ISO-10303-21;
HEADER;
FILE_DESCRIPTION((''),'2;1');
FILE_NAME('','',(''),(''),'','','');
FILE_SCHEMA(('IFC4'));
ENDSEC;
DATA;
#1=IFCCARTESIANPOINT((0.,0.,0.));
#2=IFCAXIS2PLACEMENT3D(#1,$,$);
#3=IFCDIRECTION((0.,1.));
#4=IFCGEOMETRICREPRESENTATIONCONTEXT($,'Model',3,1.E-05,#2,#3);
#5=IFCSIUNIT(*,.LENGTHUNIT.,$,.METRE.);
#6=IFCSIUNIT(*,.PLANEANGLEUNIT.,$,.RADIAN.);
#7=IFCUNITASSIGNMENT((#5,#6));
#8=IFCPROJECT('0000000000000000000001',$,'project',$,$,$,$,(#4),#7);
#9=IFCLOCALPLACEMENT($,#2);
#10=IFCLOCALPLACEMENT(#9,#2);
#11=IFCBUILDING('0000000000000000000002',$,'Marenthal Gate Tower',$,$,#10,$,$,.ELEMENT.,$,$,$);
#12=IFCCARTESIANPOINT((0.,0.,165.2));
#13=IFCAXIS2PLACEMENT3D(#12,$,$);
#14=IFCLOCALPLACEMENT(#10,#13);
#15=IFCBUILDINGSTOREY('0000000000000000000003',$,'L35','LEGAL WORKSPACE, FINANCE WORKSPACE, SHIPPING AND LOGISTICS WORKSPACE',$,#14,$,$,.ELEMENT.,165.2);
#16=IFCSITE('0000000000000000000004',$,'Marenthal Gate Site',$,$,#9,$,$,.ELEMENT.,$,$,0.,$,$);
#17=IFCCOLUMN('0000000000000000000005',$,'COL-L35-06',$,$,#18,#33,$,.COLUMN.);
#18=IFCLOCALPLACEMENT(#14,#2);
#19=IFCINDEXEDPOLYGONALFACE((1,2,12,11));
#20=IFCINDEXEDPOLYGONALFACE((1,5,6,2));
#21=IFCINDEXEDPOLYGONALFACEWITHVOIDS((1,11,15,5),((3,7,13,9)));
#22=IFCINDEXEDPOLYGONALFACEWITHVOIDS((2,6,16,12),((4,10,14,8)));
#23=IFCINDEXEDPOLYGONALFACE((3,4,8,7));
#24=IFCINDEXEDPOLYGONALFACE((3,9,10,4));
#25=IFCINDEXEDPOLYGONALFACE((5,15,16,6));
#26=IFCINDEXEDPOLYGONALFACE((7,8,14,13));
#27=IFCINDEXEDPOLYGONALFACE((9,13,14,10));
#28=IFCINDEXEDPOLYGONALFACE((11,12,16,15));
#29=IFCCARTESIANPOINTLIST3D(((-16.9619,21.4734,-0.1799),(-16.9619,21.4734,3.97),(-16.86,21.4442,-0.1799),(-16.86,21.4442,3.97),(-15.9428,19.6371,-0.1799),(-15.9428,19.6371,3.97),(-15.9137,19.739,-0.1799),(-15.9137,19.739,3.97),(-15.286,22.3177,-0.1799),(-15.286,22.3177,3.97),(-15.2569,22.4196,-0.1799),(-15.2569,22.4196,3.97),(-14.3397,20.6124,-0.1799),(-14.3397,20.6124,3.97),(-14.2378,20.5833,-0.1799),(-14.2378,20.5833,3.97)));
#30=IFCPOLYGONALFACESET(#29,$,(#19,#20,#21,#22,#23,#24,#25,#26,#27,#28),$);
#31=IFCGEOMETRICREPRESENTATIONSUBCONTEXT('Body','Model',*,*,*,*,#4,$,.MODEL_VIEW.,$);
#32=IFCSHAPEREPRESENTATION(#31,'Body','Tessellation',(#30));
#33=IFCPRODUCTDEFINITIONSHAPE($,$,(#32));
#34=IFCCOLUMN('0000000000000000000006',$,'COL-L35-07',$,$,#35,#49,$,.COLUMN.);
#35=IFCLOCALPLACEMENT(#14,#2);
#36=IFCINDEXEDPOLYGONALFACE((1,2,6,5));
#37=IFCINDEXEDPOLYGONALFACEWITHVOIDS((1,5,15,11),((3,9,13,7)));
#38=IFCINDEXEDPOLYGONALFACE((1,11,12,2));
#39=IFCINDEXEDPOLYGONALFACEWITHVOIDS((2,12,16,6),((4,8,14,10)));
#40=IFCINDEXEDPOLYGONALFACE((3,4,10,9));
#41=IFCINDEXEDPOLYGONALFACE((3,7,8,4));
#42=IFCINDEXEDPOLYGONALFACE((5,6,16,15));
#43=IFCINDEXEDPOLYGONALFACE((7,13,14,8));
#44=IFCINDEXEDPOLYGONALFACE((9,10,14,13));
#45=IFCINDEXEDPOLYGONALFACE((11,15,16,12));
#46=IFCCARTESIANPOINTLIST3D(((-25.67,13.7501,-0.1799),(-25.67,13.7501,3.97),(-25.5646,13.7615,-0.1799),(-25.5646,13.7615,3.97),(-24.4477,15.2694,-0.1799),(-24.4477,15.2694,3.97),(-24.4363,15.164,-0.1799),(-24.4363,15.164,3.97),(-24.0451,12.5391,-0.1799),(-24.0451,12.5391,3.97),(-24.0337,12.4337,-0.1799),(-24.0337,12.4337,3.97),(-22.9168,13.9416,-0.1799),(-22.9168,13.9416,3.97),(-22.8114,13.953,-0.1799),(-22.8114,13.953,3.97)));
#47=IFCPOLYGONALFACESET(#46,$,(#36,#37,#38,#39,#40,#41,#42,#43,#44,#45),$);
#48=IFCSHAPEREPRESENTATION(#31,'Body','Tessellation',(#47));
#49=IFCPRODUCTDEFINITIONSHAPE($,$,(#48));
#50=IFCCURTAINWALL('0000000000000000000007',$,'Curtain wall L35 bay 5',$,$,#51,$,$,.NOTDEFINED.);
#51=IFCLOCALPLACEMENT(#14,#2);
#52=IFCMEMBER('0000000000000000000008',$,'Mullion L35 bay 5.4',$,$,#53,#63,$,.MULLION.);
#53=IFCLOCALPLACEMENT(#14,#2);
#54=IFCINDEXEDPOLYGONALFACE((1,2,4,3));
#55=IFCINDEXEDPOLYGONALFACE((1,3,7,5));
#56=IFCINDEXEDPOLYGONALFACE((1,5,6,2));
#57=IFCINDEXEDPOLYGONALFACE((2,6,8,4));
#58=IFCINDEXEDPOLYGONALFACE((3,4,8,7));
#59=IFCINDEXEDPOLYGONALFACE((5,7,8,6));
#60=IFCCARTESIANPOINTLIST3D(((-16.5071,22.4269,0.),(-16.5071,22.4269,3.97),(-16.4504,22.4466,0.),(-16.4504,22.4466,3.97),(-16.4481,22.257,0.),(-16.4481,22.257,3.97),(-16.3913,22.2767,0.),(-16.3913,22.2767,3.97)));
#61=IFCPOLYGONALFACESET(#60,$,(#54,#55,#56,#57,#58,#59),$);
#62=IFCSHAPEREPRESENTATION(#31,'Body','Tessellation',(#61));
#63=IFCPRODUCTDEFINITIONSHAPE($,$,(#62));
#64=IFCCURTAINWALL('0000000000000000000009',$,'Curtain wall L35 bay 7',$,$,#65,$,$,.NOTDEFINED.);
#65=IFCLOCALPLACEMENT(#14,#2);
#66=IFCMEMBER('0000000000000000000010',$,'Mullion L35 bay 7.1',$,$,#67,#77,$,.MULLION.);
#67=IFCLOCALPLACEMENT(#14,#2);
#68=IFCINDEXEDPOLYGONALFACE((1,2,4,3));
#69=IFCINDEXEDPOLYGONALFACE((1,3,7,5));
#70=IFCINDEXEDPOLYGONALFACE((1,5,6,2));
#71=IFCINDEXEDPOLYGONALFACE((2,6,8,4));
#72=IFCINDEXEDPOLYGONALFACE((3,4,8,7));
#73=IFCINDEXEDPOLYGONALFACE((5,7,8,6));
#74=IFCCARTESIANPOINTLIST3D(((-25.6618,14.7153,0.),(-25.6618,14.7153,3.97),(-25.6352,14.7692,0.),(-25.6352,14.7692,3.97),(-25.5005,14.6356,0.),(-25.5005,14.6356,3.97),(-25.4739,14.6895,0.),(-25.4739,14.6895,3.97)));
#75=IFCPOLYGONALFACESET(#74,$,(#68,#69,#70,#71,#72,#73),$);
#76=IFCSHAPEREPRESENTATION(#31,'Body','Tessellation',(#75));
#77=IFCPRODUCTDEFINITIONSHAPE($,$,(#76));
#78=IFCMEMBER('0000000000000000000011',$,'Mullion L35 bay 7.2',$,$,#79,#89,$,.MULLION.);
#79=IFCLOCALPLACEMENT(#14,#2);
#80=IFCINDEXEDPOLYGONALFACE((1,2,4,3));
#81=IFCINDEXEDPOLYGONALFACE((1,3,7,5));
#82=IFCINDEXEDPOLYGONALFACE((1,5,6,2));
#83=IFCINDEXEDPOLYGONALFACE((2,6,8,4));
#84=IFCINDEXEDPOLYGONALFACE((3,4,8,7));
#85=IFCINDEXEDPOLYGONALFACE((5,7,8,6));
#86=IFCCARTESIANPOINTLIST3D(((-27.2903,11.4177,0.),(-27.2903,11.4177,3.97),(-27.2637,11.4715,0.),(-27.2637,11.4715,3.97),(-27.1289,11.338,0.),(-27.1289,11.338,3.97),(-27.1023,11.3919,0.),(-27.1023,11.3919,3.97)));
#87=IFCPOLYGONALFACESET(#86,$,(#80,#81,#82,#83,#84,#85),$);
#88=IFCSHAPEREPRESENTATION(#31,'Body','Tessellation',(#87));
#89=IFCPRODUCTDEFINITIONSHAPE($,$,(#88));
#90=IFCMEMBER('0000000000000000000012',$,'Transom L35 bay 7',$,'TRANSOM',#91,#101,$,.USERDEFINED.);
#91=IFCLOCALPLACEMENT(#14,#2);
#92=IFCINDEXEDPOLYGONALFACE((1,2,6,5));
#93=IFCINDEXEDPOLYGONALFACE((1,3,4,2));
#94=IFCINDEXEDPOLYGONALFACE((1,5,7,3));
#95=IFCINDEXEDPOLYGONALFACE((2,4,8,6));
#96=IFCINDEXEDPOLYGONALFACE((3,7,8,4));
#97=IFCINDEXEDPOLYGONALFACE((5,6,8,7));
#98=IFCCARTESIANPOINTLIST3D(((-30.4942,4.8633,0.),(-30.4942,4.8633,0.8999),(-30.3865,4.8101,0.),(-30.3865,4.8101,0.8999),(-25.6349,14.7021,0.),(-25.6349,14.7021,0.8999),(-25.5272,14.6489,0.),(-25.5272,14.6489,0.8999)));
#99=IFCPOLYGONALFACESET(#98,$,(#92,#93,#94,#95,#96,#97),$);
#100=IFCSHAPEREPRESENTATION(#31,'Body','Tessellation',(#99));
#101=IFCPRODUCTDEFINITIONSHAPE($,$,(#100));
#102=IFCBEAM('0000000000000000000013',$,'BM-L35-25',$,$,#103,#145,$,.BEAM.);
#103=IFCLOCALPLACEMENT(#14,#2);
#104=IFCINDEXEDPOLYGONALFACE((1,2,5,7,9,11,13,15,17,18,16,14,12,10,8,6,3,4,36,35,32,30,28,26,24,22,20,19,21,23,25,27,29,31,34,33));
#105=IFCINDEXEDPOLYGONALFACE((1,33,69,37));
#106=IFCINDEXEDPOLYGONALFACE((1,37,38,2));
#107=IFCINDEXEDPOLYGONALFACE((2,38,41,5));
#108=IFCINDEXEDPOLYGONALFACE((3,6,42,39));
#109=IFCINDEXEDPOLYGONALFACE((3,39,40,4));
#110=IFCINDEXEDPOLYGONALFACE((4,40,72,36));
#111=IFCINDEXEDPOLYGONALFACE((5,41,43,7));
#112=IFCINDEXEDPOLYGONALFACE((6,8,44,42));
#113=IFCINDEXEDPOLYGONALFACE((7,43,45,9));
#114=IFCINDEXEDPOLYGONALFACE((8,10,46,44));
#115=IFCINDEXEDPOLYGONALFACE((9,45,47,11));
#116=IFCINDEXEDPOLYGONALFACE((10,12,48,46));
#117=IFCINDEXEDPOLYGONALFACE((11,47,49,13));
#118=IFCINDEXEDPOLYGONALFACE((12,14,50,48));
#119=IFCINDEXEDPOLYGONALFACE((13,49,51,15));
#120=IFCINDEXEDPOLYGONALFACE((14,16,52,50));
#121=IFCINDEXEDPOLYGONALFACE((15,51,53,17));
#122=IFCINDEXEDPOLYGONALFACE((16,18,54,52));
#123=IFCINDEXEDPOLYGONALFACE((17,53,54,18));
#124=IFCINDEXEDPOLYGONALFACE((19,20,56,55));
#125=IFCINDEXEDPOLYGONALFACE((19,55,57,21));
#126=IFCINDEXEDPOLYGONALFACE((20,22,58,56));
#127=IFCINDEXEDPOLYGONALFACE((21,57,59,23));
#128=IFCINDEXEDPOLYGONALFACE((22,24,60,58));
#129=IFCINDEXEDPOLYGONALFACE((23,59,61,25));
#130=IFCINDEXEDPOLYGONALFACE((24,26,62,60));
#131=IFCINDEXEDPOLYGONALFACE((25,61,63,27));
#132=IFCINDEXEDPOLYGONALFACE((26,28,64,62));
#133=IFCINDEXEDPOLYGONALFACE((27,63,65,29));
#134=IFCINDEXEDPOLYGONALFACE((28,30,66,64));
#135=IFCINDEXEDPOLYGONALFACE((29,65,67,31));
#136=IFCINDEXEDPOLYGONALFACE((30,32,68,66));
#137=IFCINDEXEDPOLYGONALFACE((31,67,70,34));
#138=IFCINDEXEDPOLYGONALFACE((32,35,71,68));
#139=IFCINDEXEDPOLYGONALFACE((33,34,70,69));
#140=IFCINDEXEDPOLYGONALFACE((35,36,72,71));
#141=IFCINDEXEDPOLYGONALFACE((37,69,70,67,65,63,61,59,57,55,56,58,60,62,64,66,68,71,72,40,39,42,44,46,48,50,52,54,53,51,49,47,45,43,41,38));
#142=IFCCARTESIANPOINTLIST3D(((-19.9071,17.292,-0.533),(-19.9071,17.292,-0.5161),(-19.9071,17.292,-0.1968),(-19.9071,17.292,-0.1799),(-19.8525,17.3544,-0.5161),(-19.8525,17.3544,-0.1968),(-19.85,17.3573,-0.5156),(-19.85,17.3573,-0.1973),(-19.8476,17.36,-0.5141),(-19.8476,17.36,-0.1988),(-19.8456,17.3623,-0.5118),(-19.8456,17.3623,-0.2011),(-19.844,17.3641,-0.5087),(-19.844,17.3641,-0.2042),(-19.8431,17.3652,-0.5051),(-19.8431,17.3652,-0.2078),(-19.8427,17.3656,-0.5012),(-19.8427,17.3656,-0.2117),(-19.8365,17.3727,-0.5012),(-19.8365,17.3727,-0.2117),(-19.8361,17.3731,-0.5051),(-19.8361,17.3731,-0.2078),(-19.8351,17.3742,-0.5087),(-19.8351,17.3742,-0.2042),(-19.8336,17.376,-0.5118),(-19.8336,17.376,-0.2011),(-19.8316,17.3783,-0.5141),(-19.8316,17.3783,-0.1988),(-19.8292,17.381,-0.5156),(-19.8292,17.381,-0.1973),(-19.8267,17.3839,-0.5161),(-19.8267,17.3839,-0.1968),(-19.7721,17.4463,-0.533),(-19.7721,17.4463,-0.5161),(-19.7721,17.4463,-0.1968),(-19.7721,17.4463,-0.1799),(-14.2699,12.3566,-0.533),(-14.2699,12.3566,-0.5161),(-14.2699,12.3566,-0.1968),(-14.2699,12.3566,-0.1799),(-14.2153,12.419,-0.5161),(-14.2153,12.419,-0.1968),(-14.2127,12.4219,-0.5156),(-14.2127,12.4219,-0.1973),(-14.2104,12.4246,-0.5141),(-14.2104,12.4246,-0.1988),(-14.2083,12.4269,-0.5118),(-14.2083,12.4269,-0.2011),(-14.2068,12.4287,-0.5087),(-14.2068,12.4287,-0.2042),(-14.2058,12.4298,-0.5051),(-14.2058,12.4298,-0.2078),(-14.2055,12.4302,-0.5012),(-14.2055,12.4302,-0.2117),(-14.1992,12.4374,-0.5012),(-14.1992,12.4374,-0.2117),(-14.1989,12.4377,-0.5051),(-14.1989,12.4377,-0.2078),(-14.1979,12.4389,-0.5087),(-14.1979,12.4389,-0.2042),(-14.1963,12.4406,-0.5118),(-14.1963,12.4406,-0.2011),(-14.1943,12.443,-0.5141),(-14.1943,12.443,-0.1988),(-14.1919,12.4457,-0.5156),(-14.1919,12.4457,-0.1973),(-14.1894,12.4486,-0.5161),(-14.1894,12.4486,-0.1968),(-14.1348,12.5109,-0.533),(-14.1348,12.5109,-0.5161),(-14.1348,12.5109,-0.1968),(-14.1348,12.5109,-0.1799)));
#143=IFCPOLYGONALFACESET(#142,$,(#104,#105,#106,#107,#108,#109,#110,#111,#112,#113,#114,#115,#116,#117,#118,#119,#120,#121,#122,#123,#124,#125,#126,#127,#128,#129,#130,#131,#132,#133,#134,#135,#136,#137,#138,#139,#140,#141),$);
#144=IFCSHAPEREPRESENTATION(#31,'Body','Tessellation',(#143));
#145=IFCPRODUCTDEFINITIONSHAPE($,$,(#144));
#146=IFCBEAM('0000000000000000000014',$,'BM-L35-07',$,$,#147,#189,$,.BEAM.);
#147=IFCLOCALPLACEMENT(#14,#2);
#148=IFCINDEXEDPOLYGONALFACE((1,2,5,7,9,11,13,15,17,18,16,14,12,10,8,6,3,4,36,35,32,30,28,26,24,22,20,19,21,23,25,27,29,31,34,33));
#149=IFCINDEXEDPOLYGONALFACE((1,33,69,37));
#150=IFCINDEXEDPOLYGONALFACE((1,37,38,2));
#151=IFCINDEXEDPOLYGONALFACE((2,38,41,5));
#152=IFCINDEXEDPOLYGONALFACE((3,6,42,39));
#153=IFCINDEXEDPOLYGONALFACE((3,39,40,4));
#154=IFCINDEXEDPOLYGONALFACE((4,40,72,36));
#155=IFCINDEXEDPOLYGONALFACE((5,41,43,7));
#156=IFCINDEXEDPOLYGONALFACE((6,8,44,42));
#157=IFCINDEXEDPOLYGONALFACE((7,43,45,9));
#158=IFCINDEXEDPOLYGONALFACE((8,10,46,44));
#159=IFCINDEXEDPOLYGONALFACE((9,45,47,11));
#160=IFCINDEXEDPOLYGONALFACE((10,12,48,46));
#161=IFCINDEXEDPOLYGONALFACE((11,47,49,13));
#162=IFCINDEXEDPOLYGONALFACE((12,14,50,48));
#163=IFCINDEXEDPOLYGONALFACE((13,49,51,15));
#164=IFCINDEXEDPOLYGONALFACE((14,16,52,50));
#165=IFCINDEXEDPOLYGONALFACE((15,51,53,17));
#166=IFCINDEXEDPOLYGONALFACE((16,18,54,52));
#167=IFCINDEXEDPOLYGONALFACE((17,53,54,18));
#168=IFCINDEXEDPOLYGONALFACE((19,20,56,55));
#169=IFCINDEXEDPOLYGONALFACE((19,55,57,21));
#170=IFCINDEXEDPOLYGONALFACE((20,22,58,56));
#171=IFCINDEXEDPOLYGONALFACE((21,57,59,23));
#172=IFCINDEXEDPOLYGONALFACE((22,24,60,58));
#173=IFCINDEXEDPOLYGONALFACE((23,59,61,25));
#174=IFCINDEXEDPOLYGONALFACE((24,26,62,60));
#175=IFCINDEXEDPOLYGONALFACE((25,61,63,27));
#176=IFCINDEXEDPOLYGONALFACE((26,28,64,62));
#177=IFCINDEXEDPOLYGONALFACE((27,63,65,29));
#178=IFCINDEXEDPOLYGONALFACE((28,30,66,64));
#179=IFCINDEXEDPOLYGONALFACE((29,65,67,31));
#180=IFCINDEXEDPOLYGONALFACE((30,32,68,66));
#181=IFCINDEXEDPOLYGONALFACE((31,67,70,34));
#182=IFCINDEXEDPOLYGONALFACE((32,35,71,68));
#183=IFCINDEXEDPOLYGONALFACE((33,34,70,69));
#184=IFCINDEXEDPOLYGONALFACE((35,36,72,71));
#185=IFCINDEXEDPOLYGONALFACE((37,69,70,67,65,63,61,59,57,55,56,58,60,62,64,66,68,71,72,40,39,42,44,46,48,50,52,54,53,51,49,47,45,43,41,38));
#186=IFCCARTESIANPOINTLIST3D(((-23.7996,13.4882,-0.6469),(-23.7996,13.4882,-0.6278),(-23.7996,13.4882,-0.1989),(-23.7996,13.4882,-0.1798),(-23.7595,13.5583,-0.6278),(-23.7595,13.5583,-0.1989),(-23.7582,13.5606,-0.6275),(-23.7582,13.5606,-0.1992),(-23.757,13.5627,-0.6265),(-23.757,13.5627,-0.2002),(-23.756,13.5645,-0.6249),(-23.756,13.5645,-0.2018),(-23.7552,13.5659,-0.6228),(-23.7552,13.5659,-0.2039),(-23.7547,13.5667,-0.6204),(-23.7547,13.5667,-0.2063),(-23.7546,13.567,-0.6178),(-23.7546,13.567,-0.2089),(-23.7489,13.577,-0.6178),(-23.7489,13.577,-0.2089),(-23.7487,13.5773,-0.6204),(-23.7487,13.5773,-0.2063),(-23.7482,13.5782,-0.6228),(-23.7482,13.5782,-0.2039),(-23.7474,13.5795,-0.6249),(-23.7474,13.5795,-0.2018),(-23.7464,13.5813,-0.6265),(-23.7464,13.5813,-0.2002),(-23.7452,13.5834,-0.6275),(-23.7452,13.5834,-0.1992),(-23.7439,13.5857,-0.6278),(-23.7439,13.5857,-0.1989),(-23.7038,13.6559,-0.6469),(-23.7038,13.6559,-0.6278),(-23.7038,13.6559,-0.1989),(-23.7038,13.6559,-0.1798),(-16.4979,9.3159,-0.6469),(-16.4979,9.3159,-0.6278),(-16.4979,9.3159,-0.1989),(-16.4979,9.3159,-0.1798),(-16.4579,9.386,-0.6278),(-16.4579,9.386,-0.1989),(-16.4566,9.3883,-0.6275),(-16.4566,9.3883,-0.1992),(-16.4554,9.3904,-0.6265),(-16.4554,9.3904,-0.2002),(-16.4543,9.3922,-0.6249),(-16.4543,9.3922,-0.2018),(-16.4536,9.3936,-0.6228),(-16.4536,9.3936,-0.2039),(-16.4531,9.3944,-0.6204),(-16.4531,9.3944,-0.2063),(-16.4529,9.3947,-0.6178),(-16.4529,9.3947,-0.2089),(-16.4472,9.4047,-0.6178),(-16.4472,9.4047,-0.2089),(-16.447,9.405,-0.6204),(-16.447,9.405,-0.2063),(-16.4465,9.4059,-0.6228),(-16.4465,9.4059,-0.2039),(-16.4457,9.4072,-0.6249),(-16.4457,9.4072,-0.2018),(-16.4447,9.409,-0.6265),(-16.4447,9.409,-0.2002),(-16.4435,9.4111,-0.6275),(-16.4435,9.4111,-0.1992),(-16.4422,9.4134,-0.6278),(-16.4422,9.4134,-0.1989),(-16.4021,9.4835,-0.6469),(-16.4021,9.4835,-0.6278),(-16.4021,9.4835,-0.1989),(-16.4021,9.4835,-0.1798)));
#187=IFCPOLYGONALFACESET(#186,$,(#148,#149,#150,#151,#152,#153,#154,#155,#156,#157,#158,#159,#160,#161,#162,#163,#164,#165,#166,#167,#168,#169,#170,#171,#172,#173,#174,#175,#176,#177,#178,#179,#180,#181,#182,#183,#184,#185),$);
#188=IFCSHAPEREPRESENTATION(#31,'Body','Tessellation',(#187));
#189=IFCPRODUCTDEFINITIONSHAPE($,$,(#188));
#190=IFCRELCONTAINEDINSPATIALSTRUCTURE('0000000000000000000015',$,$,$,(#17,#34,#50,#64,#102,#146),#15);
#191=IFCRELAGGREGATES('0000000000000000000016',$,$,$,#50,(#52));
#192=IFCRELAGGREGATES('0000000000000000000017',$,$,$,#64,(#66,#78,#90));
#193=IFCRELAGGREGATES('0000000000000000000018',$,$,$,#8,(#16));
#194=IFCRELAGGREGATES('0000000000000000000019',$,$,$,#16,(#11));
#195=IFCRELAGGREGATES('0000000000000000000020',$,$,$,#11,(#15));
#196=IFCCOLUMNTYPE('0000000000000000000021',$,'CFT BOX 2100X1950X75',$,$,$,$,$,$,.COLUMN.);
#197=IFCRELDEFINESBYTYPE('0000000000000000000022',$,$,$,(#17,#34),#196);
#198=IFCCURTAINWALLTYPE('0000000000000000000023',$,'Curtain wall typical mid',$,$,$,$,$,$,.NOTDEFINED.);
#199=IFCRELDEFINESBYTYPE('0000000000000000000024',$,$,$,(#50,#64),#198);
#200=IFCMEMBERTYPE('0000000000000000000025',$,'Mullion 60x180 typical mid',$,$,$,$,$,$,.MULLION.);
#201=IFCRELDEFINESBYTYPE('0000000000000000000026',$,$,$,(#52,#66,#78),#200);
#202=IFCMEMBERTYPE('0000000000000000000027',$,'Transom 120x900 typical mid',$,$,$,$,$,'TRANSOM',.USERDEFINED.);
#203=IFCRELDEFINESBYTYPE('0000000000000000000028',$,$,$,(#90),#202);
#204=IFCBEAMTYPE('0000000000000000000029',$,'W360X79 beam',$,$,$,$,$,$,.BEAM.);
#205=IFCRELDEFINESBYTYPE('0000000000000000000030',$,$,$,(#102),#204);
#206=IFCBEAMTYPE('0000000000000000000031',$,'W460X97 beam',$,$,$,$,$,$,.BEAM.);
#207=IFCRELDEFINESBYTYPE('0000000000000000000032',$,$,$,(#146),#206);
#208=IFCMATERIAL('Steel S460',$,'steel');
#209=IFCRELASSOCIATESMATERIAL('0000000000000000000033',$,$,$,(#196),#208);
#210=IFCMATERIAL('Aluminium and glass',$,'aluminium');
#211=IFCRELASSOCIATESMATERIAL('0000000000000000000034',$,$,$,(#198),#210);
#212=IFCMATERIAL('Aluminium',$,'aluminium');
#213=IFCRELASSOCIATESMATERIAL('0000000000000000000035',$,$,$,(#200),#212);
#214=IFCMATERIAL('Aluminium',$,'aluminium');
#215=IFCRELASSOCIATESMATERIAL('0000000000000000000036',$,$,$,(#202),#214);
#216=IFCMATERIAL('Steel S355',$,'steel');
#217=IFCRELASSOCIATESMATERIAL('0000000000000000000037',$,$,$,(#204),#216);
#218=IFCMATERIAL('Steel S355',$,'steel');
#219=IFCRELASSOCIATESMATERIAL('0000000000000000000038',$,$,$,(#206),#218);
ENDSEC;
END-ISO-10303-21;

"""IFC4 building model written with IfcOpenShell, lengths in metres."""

from ifc_helpers import new_model, si_unit, direction, frame, origin, origin_2d, place, context, subcontext, project, spatial, rectangle, hollow_rectangle, i_section, extrude, material, material_profile, profile_set, type_object, element, aggregate, save


model = new_model("IFC4")

# Units and contexts
model_context = context("Model", 3, precision=1e-05, world=origin(), true_north=direction((0.0, 1.0)))
body_context = subcontext(model_context, "Body", "Model", "MODEL_VIEW")
ifc_project = project(units=[si_unit("LENGTHUNIT", "METRE"), si_unit("PLANEANGLEUNIT", "RADIAN")], contexts=[model_context])

# Site, building, storey
site_placement = place(None, origin())
site = spatial("IfcSite", under=ifc_project, at=site_placement, Name="Marenthal Gate Site", CompositionType="ELEMENT", RefElevation=0.0)
building_placement = place(site_placement, origin())
building = spatial("IfcBuilding", under=site, at=building_placement, Name="Marenthal Gate Tower", CompositionType="ELEMENT")
storey_placement = place(building_placement, frame((0.0, 0.0, 165.2)))
storey = spatial("IfcBuildingStorey", under=building, at=storey_placement, Name="L35", Description="LEGAL WORKSPACE, FINANCE WORKSPACE, SHIPPING AND LOGISTICS WORKSPACE", CompositionType="ELEMENT", Elevation=165.2)

# Columns
ifc_material_1 = material(Name="Steel S460", Category="steel")
ifc_material_profile_1 = material_profile(ifc_material_1, hollow_rectangle(XDim=1.95, YDim=2.1001, WallThickness=0.075, at=origin_2d()), Name="CFT BOX 2100X1950X75")
ifc_material_2 = material(Name="Concrete 70 MPa", Category="concrete")
ifc_material_profile_2 = material_profile(ifc_material_2, rectangle(XDim=1.8, YDim=1.95, at=origin_2d()), Name="CFT BOX 2100X1950X75 INFILL")
ifc_profile_set_1 = profile_set([ifc_material_profile_1, ifc_material_profile_2], Name="Steel S460 shell, Concrete 70 MPa infill")
column_type = type_object("IfcColumnType", Name="CFT BOX 2100X1950X75", PredefinedType="COLUMN", material=ifc_profile_set_1)
for number, where, z_axis, x_axis, name in (
    (1, (-15.5999, 21.0283, -0.1799), (0.0, 0.0, 1.0), (0.87438, 0.485242, 0.0), "COL-L35-06"),
    (2, (-24.2407, 13.8516, -0.1799), (0.0, 0.0, 1.0), (0.626831, 0.779155, 0.0), "COL-L35-07"),
):
    element("IfcColumn", number, at=place(storey_placement, frame(where, z_axis=z_axis, x_axis=x_axis)), inside=storey, type_object=column_type, Name=name, PredefinedType="COLUMN", context=body_context, shape_type="SweptSolid", body=[
        extrude(hollow_rectangle(XDim=1.95, YDim=2.1001, WallThickness=0.075, at=origin_2d()), origin(), (0.0, 0.0, 1.0), 4.1499),
    ])

# Curtain wall, member
ifc_material_3 = material(Name="Aluminium and glass", Category="aluminium")
curtain_wall_type = type_object("IfcCurtainWallType", Name="Curtain wall typical mid", PredefinedType="NOTDEFINED", material=ifc_material_3)
curtain_wall_1_placement = place(storey_placement, origin())
curtain_wall_1 = element("IfcCurtainWall", 3, at=curtain_wall_1_placement, inside=storey, type_object=curtain_wall_type, Name="Curtain wall L35 bay 5", PredefinedType="NOTDEFINED")
ifc_material_4 = material(Name="Aluminium", Category="aluminium")
ifc_material_profile_3 = material_profile(ifc_material_4, rectangle(XDim=0.1799, YDim=0.0601, at=origin_2d()), Name="60x180 aluminium mullion")
ifc_profile_set_2 = profile_set([ifc_material_profile_3], Name="Aluminium")
member_type_1 = type_object("IfcMemberType", Name="Mullion 60x180 typical mid", PredefinedType="MULLION", material=ifc_profile_set_2)
member_1_placement = place(storey_placement, frame((-16.4492, 22.3518, 0.0), z_axis=(0.0, 0.0, 1.0), x_axis=(0.328158, -0.944623, 0.0)))
member_1 = element("IfcMember", 4, at=member_1_placement, type_object=member_type_1, Name="Mullion L35 bay 5.4", PredefinedType="MULLION", context=body_context, shape_type="SweptSolid", body=[
    extrude(rectangle(XDim=0.1799, YDim=0.0601, at=origin_2d()), origin(), (0.0, 0.0, 1.0), 3.97),
])
aggregate(curtain_wall_1, [member_1])

# Curtain wall, members
curtain_wall_2_placement = place(storey_placement, origin())
curtain_wall_2 = element("IfcCurtainWall", 5, at=curtain_wall_2_placement, inside=storey, type_object=curtain_wall_type, Name="Curtain wall L35 bay 7", PredefinedType="NOTDEFINED")
member_2_placement = place(storey_placement, frame((-25.5679, 14.7024, 0.0), z_axis=(0.0, 0.0, 1.0), x_axis=(0.896609, -0.442824, 0.0)))
member_2 = element("IfcMember", 6, at=member_2_placement, type_object=member_type_1, Name="Mullion L35 bay 7.1", PredefinedType="MULLION", context=body_context, shape_type="SweptSolid", body=[
    extrude(rectangle(XDim=0.1799, YDim=0.0601, at=origin_2d()), origin(), (0.0, 0.0, 1.0), 3.97),
])
member_3_placement = place(storey_placement, frame((-27.1963, 11.4048, 0.0), z_axis=(0.0, 0.0, 1.0), x_axis=(0.896609, -0.442824, 0.0)))
member_3 = element("IfcMember", 7, at=member_3_placement, type_object=member_type_1, Name="Mullion L35 bay 7.2", PredefinedType="MULLION", context=body_context, shape_type="SweptSolid", body=[
    extrude(rectangle(XDim=0.1799, YDim=0.0601, at=origin_2d()), origin(), (0.0, 0.0, 1.0), 3.97),
])
ifc_material_5 = material(Name="Aluminium", Category="aluminium")
ifc_material_profile_4 = material_profile(ifc_material_5, rectangle(XDim=0.1201, YDim=0.8999, at=origin_2d()), Name="120x900 aluminium transom")
ifc_profile_set_3 = profile_set([ifc_material_profile_4], Name="Aluminium")
member_type_2 = type_object("IfcMemberType", Name="Transom 120x900 typical mid", ElementType="TRANSOM", PredefinedType="USERDEFINED", material=ifc_profile_set_3)
member_4_placement = place(storey_placement, frame((-25.5811, 14.6755, 0.45), z_axis=(-0.44283, -0.896606, 0.0), x_axis=(0.896606, -0.44283, 0.0)))
member_4 = element("IfcMember", 8, at=member_4_placement, type_object=member_type_2, Name="Transom L35 bay 7", ObjectType="TRANSOM", PredefinedType="USERDEFINED", context=body_context, shape_type="SweptSolid", body=[
    extrude(rectangle(XDim=0.1201, YDim=0.8999, at=origin_2d()), origin(), (0.0, 0.0, 1.0), 10.9734),
])

# Beams
ifc_material_6 = material(Name="Steel S355", Category="steel")
ifc_material_profile_5 = material_profile(ifc_material_6, i_section(OverallWidth=0.2051, OverallDepth=0.353, WebThickness=0.0095, FlangeThickness=0.0168, FilletRadius=0.0149, at=origin_2d()), Name="W360X79")
ifc_profile_set_4 = profile_set([ifc_material_profile_5], Name="Steel S355")
beam_type_1 = type_object("IfcBeamType", Name="W360X79 beam", PredefinedType="BEAM", material=ifc_profile_set_4)
beam_1_placement = place(storey_placement, frame((-19.8396, 17.3691, -0.3564), z_axis=(0.752395, -0.658712, 0.0), x_axis=(0.658712, 0.752395, 0.0)))
element("IfcBeam", 9, at=beam_1_placement, inside=storey, type_object=beam_type_1, Name="BM-L35-25", PredefinedType="BEAM", context=body_context, shape_type="SweptSolid", body=[
    extrude(i_section(OverallWidth=0.2051, OverallDepth=0.353, WebThickness=0.0095, FlangeThickness=0.0168, FilletRadius=0.0149, at=origin_2d()), origin(), (0.0, 0.0, 1.0), 7.4924),
])
ifc_material_7 = material(Name="Steel S355", Category="steel")
ifc_material_profile_6 = material_profile(ifc_material_7, i_section(OverallWidth=0.1931, OverallDepth=0.467, WebThickness=0.0115, FlangeThickness=0.019, FilletRadius=0.01, at=origin_2d()), Name="W460X97")
ifc_profile_set_5 = profile_set([ifc_material_profile_6], Name="Steel S355")
beam_type_2 = type_object("IfcBeamType", Name="W460X97 beam", PredefinedType="BEAM", material=ifc_profile_set_5)
beam_2_placement = place(storey_placement, frame((-23.7517, 13.572, -0.4133), z_axis=(0.868247, -0.496133, 0.0), x_axis=(0.496133, 0.868247, 0.0)))
element("IfcBeam", 10, at=beam_2_placement, inside=storey, type_object=beam_type_2, Name="BM-L35-07", PredefinedType="BEAM", context=body_context, shape_type="SweptSolid", body=[
    extrude(i_section(OverallWidth=0.1931, OverallDepth=0.467, WebThickness=0.0115, FlangeThickness=0.019, FilletRadius=0.01, at=origin_2d()), origin(), (0.0, 0.0, 1.0), 8.4097),
])

aggregate(curtain_wall_2, [member_2, member_3, member_4])

save(model, "model.ifc")
